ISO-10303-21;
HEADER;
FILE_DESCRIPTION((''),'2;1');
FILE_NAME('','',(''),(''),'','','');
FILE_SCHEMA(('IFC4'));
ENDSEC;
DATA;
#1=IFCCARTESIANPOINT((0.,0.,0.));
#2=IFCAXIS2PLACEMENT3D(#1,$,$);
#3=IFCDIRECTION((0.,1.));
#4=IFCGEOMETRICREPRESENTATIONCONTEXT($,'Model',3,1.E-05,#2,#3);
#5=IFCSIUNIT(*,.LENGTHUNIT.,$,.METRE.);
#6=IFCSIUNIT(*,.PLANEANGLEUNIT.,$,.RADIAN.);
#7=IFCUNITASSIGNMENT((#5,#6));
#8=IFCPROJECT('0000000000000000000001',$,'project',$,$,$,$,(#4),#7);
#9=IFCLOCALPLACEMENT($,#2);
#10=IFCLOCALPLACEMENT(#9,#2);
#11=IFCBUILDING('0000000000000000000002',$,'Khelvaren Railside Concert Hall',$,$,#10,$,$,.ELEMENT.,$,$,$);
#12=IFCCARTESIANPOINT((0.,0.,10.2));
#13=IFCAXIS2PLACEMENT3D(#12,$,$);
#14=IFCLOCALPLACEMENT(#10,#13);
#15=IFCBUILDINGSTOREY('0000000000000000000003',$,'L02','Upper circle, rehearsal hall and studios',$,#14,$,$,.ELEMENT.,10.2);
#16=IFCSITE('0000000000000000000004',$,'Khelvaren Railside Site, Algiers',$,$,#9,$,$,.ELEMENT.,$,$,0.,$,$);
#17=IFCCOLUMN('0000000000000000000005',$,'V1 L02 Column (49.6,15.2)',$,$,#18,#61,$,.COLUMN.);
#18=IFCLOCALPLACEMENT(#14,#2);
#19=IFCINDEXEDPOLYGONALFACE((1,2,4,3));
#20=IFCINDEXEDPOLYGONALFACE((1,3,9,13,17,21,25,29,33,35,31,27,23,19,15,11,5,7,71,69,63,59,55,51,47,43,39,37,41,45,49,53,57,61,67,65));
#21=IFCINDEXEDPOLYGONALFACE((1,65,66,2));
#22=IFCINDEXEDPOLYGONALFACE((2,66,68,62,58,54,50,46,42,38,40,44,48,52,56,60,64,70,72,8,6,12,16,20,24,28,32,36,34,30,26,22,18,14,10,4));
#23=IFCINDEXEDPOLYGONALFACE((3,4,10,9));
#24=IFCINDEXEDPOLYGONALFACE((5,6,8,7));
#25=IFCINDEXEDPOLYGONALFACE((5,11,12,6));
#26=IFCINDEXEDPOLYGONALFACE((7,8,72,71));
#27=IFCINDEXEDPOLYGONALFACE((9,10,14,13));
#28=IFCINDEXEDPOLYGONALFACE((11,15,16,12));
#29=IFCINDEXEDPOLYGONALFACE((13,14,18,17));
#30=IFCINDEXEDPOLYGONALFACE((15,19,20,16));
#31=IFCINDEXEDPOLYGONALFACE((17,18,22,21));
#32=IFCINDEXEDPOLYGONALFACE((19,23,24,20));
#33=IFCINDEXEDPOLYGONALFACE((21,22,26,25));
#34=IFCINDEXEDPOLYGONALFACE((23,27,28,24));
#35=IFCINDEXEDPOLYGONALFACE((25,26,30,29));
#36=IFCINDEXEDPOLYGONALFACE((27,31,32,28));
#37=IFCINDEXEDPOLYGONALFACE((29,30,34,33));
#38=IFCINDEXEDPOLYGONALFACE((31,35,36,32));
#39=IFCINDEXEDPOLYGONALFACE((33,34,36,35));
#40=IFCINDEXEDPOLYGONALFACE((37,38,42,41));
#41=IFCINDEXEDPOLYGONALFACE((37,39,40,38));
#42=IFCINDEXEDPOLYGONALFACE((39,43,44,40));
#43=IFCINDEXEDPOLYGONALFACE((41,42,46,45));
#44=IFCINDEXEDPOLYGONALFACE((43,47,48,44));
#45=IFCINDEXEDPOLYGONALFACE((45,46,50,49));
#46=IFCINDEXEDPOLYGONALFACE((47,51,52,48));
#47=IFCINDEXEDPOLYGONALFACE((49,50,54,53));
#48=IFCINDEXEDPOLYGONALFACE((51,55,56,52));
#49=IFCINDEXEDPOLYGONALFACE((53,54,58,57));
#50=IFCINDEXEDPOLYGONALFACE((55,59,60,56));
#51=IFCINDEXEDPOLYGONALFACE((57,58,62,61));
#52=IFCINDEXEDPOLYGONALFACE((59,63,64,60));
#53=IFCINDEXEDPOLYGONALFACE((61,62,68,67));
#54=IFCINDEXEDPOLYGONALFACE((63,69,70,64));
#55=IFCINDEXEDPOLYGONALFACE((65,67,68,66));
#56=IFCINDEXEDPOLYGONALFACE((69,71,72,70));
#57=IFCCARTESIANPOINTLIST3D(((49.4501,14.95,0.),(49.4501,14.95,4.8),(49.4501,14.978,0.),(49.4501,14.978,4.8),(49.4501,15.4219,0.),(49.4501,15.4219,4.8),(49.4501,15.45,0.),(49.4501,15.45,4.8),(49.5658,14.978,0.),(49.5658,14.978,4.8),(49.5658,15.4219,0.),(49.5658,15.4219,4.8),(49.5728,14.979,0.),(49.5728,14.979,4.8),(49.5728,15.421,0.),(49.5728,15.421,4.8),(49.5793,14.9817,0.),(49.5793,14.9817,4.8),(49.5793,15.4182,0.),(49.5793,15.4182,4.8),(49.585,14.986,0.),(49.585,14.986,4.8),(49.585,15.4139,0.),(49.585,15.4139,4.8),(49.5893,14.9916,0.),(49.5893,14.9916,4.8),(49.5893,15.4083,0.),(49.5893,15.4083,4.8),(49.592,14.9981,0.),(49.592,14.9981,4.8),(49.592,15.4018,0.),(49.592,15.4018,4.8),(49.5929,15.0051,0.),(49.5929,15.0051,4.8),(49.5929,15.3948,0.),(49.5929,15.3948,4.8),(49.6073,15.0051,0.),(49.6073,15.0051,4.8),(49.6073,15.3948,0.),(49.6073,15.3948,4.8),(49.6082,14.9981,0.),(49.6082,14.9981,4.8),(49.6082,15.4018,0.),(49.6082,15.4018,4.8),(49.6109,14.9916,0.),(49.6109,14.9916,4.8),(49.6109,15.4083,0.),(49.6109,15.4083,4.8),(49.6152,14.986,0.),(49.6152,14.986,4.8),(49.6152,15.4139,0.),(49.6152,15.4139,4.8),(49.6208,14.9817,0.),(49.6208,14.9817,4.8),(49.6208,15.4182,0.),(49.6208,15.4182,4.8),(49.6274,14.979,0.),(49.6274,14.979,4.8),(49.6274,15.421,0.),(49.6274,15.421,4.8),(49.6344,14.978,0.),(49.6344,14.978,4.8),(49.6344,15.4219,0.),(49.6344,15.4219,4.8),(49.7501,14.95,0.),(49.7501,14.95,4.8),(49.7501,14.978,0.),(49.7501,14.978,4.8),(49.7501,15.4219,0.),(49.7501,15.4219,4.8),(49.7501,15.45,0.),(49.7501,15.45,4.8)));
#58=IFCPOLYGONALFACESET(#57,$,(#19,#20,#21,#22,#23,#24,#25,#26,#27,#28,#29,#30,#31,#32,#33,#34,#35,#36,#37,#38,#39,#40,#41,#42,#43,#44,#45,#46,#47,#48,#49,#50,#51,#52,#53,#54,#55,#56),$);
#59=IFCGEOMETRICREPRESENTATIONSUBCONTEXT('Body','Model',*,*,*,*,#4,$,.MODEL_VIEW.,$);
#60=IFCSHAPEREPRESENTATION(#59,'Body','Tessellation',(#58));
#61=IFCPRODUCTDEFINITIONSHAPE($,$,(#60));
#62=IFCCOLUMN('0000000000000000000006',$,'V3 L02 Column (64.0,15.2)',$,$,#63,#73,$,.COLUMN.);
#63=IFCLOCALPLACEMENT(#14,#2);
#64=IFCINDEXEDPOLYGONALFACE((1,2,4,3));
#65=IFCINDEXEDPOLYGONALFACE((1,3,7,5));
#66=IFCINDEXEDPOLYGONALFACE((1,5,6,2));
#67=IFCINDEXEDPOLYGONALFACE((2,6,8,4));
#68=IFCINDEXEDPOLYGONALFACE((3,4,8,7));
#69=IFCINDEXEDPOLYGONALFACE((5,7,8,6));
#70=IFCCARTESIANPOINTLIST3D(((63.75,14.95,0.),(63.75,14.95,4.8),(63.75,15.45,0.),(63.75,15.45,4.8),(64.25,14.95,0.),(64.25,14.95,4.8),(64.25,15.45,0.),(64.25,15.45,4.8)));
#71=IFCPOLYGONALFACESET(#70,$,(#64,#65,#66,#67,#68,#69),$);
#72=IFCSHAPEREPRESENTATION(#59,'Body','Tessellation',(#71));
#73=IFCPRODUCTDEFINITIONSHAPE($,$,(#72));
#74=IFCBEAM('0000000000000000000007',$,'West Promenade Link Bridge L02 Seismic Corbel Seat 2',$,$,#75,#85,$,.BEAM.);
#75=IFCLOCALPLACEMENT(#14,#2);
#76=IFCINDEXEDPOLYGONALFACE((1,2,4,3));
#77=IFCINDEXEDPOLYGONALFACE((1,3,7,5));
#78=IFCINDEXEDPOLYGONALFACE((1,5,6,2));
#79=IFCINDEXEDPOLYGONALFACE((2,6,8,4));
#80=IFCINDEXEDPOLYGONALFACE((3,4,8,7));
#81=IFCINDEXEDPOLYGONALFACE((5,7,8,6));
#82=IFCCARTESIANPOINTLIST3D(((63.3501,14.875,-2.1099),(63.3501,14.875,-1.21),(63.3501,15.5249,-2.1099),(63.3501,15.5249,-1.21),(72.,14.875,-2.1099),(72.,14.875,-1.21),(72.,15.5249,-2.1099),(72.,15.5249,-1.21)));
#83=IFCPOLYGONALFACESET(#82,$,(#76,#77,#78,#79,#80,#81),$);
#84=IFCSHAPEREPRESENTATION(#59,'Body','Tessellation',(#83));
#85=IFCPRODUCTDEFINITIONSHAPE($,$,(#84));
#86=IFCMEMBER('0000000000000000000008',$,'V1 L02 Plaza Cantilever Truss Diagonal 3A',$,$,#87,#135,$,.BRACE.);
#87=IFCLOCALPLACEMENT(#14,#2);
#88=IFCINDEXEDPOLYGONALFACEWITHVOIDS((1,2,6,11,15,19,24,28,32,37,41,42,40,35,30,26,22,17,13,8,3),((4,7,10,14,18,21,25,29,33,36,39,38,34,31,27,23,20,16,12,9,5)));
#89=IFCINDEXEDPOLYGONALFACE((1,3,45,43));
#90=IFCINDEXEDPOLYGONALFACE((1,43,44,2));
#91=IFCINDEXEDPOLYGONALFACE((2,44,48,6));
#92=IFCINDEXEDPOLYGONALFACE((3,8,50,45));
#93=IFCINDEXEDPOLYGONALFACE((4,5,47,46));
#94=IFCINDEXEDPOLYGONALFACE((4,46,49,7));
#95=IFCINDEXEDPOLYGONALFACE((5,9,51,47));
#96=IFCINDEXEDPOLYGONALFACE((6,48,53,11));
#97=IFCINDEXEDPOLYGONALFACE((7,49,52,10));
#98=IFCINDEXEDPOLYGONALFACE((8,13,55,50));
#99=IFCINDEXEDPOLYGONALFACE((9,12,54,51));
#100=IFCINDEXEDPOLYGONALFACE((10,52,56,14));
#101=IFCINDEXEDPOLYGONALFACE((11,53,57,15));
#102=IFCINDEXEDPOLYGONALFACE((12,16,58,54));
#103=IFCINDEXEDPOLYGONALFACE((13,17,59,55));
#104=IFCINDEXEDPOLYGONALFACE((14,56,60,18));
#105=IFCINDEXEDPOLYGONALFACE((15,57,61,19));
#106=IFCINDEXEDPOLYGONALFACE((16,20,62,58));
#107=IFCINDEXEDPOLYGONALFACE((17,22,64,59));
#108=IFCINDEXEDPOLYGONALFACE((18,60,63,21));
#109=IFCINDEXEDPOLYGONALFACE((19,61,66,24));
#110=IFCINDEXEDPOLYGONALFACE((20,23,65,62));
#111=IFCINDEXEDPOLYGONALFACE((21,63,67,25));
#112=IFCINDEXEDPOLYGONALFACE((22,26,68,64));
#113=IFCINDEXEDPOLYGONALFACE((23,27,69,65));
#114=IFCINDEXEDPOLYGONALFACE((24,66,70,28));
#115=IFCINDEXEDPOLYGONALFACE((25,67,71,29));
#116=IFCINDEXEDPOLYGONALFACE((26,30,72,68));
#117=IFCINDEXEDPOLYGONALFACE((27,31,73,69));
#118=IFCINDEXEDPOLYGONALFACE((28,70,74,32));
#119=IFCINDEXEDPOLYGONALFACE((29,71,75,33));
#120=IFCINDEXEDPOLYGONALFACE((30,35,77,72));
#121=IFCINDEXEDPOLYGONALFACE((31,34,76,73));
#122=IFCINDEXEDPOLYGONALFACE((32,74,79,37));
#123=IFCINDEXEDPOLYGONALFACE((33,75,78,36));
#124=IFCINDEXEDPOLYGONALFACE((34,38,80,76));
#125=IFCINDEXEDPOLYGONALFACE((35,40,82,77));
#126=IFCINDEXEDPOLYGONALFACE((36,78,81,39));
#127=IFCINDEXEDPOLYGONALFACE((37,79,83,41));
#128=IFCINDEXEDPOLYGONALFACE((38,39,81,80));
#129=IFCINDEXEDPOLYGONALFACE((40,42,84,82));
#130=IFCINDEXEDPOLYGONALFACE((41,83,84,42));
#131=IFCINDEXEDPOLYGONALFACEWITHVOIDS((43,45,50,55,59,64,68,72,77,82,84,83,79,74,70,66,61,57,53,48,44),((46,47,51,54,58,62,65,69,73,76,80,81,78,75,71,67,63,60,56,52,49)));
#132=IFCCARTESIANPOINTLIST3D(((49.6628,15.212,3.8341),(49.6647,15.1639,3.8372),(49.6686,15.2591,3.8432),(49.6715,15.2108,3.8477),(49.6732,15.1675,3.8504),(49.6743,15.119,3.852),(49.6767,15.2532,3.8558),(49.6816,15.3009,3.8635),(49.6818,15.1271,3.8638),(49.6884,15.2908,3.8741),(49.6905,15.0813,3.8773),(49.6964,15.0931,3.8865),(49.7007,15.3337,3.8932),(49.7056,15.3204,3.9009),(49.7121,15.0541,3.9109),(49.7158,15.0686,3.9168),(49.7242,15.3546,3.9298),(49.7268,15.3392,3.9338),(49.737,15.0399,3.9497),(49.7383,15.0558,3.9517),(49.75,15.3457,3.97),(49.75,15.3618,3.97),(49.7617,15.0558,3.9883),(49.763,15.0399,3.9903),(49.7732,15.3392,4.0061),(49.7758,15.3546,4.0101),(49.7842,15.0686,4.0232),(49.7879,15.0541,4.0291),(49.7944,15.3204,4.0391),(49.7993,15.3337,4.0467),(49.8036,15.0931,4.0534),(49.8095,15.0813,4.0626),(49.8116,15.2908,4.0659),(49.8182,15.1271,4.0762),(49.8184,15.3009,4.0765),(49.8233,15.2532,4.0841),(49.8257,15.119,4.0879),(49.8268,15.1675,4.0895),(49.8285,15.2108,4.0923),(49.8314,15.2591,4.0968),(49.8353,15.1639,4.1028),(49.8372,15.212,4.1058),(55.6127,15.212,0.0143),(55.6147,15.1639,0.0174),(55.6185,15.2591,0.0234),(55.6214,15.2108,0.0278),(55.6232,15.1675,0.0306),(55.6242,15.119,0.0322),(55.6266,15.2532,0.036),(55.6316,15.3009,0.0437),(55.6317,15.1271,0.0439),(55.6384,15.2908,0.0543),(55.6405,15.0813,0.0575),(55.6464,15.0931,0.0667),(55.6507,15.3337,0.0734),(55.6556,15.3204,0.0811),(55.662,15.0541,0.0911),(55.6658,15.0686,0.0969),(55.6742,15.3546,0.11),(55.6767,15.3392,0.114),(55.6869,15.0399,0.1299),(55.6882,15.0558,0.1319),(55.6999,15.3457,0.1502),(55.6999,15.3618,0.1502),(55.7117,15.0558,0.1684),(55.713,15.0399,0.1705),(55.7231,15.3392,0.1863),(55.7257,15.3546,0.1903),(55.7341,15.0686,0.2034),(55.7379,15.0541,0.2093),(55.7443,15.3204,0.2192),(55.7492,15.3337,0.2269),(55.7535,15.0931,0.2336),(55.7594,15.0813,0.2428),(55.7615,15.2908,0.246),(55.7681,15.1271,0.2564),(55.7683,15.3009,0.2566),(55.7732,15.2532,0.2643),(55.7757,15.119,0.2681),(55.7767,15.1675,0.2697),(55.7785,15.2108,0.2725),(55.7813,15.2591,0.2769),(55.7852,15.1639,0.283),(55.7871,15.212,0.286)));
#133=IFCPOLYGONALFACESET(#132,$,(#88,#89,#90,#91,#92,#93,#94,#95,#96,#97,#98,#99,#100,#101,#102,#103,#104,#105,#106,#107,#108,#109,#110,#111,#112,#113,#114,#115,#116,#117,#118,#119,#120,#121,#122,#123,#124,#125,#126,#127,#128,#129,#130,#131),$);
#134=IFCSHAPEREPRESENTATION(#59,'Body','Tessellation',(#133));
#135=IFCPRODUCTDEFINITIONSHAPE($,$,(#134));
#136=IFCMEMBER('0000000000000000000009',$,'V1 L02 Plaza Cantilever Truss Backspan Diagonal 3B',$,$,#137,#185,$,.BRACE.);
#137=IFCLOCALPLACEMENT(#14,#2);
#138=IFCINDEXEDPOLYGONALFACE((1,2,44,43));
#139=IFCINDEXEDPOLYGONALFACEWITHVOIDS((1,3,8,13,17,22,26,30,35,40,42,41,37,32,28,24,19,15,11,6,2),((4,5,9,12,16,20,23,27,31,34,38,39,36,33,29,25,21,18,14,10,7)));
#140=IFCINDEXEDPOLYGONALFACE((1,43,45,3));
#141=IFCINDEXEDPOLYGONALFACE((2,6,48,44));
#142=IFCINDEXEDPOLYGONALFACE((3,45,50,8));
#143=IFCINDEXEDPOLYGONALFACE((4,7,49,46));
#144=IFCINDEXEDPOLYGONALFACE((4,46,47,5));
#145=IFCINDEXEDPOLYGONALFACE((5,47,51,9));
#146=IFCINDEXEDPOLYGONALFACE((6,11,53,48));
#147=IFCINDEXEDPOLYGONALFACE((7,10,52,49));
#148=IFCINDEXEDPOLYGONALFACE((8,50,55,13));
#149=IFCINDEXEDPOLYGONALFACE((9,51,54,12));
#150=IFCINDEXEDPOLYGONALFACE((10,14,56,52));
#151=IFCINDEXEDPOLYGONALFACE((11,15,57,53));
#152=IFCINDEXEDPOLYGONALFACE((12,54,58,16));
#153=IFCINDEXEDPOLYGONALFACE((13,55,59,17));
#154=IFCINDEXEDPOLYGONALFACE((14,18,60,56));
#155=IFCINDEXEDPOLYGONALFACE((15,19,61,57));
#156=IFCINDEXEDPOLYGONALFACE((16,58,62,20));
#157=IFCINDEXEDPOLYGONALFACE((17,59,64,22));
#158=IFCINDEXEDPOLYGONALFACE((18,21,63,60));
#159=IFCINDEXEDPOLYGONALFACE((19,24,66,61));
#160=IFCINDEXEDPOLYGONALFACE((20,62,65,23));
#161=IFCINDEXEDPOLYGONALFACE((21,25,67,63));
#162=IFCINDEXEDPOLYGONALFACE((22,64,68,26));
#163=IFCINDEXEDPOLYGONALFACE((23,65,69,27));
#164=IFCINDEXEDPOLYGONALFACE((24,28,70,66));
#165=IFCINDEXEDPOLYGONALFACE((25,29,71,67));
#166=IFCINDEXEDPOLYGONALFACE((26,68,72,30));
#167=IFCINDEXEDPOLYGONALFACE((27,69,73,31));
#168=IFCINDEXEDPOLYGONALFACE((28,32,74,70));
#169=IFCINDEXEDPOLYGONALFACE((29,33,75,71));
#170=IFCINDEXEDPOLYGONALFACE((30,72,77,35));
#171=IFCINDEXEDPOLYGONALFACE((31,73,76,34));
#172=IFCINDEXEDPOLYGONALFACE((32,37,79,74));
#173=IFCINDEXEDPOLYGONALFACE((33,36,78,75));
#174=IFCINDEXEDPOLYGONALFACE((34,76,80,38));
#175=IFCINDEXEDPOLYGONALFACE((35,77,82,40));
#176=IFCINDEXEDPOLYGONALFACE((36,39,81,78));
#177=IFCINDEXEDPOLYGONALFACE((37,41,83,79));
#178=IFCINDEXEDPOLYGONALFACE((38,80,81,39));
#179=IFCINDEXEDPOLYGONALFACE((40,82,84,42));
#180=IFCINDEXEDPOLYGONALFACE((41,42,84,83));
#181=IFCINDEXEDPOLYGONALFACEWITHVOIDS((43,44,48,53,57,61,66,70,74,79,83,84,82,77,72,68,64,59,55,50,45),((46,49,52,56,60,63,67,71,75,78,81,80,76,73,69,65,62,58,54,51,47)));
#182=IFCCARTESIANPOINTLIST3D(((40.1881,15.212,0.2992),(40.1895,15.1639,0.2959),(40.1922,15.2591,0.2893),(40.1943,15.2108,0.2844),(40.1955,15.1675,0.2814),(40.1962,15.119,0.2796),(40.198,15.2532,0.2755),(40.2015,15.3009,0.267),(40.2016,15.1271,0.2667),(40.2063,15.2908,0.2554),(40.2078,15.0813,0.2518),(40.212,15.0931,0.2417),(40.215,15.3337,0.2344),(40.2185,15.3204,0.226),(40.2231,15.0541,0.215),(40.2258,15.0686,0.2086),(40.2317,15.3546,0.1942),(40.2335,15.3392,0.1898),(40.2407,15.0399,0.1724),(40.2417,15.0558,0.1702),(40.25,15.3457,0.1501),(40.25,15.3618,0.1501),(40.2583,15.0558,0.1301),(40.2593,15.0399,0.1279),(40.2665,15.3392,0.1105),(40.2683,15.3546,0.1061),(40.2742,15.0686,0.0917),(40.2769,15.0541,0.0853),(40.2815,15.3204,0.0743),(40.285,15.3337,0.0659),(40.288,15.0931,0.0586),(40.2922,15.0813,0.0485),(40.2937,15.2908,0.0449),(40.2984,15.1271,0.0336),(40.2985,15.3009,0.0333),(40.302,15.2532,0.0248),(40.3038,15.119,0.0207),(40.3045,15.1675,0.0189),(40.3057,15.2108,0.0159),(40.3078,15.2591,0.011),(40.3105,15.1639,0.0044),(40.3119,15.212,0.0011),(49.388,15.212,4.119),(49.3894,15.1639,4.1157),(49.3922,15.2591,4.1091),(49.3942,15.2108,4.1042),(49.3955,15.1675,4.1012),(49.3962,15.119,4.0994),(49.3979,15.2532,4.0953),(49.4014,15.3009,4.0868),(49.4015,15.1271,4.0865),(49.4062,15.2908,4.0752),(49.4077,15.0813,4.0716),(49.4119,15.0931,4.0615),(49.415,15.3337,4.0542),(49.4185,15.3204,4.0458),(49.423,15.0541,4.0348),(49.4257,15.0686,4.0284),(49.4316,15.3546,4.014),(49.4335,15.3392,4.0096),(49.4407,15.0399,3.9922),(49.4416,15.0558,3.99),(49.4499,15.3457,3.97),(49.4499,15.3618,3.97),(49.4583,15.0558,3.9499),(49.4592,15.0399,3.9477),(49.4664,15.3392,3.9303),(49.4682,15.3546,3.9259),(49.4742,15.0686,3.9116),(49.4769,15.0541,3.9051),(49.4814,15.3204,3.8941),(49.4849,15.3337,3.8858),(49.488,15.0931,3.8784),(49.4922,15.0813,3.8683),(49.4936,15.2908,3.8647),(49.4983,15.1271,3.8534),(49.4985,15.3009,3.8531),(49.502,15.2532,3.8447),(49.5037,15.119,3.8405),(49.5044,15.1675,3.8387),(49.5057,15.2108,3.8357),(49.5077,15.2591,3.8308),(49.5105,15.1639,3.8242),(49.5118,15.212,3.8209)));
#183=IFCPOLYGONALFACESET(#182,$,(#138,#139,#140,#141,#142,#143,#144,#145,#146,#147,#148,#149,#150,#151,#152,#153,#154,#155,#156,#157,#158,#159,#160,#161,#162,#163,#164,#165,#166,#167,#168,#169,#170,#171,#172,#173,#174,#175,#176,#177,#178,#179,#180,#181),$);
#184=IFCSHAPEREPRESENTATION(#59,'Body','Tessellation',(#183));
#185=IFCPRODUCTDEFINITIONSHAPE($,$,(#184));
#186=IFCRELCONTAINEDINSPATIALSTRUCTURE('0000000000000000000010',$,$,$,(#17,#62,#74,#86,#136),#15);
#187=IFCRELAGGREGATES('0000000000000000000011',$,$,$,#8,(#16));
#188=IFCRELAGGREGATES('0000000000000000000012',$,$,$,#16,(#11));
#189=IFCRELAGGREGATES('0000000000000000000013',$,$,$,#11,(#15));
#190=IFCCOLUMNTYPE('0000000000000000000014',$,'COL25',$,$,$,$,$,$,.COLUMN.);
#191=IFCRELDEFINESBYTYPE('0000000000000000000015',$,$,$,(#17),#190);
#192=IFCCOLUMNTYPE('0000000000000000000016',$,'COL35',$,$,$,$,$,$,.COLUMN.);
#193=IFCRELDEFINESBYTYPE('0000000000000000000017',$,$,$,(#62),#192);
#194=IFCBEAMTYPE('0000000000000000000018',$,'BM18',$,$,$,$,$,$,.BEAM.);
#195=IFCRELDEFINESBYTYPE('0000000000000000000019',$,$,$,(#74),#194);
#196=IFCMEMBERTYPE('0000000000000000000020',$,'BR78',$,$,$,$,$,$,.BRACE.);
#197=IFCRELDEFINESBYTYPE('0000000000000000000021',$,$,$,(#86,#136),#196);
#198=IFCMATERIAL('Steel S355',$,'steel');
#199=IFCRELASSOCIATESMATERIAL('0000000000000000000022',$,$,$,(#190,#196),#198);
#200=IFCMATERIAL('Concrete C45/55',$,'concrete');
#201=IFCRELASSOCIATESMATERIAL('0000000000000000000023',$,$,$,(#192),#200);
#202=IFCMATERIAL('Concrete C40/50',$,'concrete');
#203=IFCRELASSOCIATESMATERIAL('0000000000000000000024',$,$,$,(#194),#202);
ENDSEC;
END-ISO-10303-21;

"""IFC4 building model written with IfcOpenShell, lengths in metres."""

from ifc_helpers import new_model, si_unit, direction, frame, origin, origin_2d, place, context, subcontext, project, spatial, rectangle, hollow_circle, i_section, extrude, material, material_profile, profile_set, type_object, element, save


model = new_model("IFC4")

# Units and contexts
model_context = context("Model", 3, precision=1e-05, world=origin(), true_north=direction((0.0, 1.0)))
body_context = subcontext(model_context, "Body", "Model", "MODEL_VIEW")
ifc_project = project(units=[si_unit("LENGTHUNIT", "METRE"), si_unit("PLANEANGLEUNIT", "RADIAN")], contexts=[model_context])

# Site, building, storey
site_placement = place(None, origin())
site = spatial("IfcSite", under=ifc_project, at=site_placement, Name="Khelvaren Railside Site, Algiers", CompositionType="ELEMENT", RefElevation=0.0)
building_placement = place(site_placement, origin())
building = spatial("IfcBuilding", under=site, at=building_placement, Name="Khelvaren Railside Concert Hall", CompositionType="ELEMENT")
storey_placement = place(building_placement, frame((0.0, 0.0, 10.2)))
storey = spatial("IfcBuildingStorey", under=building, at=storey_placement, Name="L02", Description="Upper circle, rehearsal hall and studios", CompositionType="ELEMENT", Elevation=10.2)

# Columns
ifc_material_1 = material(Name="Steel S355", Category="steel")
ifc_material_profile_1 = material_profile(ifc_material_1, i_section(OverallWidth=0.3, OverallDepth=0.5, WebThickness=0.0144, FlangeThickness=0.0281, FilletRadius=0.0271, at=origin_2d()), Name="HEB 500")
ifc_profile_set_1 = profile_set([ifc_material_profile_1], Name="Steel S355")
column_type_1 = type_object("IfcColumnType", Name="COL25", PredefinedType="COLUMN", material=ifc_profile_set_1)
column_1_placement = place(storey_placement, frame((49.6001, 15.2, 0.0), z_axis=(0.0, 0.0, 1.0), x_axis=(1.0, 0.0, 0.0)))
element("IfcColumn", 1, at=column_1_placement, inside=storey, type_object=column_type_1, Name="V1 L02 Column (49.6,15.2)", PredefinedType="COLUMN", context=body_context, shape_type="SweptSolid", body=[
    extrude(i_section(OverallWidth=0.3, OverallDepth=0.5, WebThickness=0.0144, FlangeThickness=0.0281, FilletRadius=0.0271, at=origin_2d()), origin(), (0.0, 0.0, 1.0), 4.8),
])
ifc_material_2 = material(Name="Concrete C45/55", Category="concrete")
ifc_material_profile_2 = material_profile(ifc_material_2, rectangle(XDim=0.5, YDim=0.5, at=origin_2d()), Name="RC 500x500")
ifc_profile_set_2 = profile_set([ifc_material_profile_2], Name="Concrete C45/55")
column_type_2 = type_object("IfcColumnType", Name="COL35", PredefinedType="COLUMN", material=ifc_profile_set_2)
column_2_placement = place(storey_placement, frame((64.0, 15.2, 0.0), z_axis=(0.0, 0.0, 1.0), x_axis=(1.0, 0.0, 0.0)))
element("IfcColumn", 2, at=column_2_placement, inside=storey, type_object=column_type_2, Name="V3 L02 Column (64.0,15.2)", PredefinedType="COLUMN", context=body_context, shape_type="SweptSolid", body=[
    extrude(rectangle(XDim=0.5, YDim=0.5, at=origin_2d()), origin(), (0.0, 0.0, 1.0), 4.8),
])

# Beam
ifc_material_3 = material(Name="Concrete C40/50", Category="concrete")
ifc_material_profile_3 = material_profile(ifc_material_3, rectangle(XDim=0.6499, YDim=0.8999, at=origin_2d()), Name="RCB 650x900")
ifc_profile_set_3 = profile_set([ifc_material_profile_3], Name="Concrete C40/50")
beam_type_1 = type_object("IfcBeamType", Name="BM18", PredefinedType="BEAM", material=ifc_profile_set_3)
beam_1_placement = place(storey_placement, frame((63.3501, 15.2, -1.6599), z_axis=(1.0, 0.0, 0.0), x_axis=(0.0, 1.0, 0.0)))
element("IfcBeam", 3, at=beam_1_placement, inside=storey, type_object=beam_type_1, Name="West Promenade Link Bridge L02 Seismic Corbel Seat 2", PredefinedType="BEAM", context=body_context, shape_type="SweptSolid", body=[
    extrude(rectangle(XDim=0.6499, YDim=0.8999, at=origin_2d()), origin(), (0.0, 0.0, 1.0), 8.6499),
])

# Members
ifc_material_profile_4 = material_profile(ifc_material_1, hollow_circle(Radius=0.1619, WallThickness=0.0161, at=origin_2d()), Name="CHS 323.9x16")
ifc_profile_set_4 = profile_set([ifc_material_profile_4], Name="Steel S355")
member_type_1 = type_object("IfcMemberType", Name="BR78", PredefinedType="BRACE", material=ifc_profile_set_4)
member_1_placement = place(storey_placement, frame((49.75, 15.2, 3.97), z_axis=(0.841509, 0.0, -0.540243), x_axis=(0.0, 1.0, 0.0)))
element("IfcMember", 4, at=member_1_placement, inside=storey, type_object=member_type_1, Name="V1 L02 Plaza Cantilever Truss Diagonal 3A", PredefinedType="BRACE", context=body_context, shape_type="SweptSolid", body=[
    extrude(hollow_circle(Radius=0.1619, WallThickness=0.0161, at=origin_2d()), origin(), (0.0, 0.0, 1.0), 7.0706),
])
member_2_placement = place(storey_placement, frame((40.25, 15.2, 0.1501), z_axis=(0.923557, 0.0, 0.383461), x_axis=(0.0, 1.0, 0.0)))
element("IfcMember", 5, at=member_2_placement, inside=storey, type_object=member_type_1, Name="V1 L02 Plaza Cantilever Truss Backspan Diagonal 3B", PredefinedType="BRACE", context=body_context, shape_type="SweptSolid", body=[
    extrude(hollow_circle(Radius=0.1619, WallThickness=0.0161, at=origin_2d()), origin(), (0.0, 0.0, 1.0), 9.9614),
])

save(model, "model.ifc")
